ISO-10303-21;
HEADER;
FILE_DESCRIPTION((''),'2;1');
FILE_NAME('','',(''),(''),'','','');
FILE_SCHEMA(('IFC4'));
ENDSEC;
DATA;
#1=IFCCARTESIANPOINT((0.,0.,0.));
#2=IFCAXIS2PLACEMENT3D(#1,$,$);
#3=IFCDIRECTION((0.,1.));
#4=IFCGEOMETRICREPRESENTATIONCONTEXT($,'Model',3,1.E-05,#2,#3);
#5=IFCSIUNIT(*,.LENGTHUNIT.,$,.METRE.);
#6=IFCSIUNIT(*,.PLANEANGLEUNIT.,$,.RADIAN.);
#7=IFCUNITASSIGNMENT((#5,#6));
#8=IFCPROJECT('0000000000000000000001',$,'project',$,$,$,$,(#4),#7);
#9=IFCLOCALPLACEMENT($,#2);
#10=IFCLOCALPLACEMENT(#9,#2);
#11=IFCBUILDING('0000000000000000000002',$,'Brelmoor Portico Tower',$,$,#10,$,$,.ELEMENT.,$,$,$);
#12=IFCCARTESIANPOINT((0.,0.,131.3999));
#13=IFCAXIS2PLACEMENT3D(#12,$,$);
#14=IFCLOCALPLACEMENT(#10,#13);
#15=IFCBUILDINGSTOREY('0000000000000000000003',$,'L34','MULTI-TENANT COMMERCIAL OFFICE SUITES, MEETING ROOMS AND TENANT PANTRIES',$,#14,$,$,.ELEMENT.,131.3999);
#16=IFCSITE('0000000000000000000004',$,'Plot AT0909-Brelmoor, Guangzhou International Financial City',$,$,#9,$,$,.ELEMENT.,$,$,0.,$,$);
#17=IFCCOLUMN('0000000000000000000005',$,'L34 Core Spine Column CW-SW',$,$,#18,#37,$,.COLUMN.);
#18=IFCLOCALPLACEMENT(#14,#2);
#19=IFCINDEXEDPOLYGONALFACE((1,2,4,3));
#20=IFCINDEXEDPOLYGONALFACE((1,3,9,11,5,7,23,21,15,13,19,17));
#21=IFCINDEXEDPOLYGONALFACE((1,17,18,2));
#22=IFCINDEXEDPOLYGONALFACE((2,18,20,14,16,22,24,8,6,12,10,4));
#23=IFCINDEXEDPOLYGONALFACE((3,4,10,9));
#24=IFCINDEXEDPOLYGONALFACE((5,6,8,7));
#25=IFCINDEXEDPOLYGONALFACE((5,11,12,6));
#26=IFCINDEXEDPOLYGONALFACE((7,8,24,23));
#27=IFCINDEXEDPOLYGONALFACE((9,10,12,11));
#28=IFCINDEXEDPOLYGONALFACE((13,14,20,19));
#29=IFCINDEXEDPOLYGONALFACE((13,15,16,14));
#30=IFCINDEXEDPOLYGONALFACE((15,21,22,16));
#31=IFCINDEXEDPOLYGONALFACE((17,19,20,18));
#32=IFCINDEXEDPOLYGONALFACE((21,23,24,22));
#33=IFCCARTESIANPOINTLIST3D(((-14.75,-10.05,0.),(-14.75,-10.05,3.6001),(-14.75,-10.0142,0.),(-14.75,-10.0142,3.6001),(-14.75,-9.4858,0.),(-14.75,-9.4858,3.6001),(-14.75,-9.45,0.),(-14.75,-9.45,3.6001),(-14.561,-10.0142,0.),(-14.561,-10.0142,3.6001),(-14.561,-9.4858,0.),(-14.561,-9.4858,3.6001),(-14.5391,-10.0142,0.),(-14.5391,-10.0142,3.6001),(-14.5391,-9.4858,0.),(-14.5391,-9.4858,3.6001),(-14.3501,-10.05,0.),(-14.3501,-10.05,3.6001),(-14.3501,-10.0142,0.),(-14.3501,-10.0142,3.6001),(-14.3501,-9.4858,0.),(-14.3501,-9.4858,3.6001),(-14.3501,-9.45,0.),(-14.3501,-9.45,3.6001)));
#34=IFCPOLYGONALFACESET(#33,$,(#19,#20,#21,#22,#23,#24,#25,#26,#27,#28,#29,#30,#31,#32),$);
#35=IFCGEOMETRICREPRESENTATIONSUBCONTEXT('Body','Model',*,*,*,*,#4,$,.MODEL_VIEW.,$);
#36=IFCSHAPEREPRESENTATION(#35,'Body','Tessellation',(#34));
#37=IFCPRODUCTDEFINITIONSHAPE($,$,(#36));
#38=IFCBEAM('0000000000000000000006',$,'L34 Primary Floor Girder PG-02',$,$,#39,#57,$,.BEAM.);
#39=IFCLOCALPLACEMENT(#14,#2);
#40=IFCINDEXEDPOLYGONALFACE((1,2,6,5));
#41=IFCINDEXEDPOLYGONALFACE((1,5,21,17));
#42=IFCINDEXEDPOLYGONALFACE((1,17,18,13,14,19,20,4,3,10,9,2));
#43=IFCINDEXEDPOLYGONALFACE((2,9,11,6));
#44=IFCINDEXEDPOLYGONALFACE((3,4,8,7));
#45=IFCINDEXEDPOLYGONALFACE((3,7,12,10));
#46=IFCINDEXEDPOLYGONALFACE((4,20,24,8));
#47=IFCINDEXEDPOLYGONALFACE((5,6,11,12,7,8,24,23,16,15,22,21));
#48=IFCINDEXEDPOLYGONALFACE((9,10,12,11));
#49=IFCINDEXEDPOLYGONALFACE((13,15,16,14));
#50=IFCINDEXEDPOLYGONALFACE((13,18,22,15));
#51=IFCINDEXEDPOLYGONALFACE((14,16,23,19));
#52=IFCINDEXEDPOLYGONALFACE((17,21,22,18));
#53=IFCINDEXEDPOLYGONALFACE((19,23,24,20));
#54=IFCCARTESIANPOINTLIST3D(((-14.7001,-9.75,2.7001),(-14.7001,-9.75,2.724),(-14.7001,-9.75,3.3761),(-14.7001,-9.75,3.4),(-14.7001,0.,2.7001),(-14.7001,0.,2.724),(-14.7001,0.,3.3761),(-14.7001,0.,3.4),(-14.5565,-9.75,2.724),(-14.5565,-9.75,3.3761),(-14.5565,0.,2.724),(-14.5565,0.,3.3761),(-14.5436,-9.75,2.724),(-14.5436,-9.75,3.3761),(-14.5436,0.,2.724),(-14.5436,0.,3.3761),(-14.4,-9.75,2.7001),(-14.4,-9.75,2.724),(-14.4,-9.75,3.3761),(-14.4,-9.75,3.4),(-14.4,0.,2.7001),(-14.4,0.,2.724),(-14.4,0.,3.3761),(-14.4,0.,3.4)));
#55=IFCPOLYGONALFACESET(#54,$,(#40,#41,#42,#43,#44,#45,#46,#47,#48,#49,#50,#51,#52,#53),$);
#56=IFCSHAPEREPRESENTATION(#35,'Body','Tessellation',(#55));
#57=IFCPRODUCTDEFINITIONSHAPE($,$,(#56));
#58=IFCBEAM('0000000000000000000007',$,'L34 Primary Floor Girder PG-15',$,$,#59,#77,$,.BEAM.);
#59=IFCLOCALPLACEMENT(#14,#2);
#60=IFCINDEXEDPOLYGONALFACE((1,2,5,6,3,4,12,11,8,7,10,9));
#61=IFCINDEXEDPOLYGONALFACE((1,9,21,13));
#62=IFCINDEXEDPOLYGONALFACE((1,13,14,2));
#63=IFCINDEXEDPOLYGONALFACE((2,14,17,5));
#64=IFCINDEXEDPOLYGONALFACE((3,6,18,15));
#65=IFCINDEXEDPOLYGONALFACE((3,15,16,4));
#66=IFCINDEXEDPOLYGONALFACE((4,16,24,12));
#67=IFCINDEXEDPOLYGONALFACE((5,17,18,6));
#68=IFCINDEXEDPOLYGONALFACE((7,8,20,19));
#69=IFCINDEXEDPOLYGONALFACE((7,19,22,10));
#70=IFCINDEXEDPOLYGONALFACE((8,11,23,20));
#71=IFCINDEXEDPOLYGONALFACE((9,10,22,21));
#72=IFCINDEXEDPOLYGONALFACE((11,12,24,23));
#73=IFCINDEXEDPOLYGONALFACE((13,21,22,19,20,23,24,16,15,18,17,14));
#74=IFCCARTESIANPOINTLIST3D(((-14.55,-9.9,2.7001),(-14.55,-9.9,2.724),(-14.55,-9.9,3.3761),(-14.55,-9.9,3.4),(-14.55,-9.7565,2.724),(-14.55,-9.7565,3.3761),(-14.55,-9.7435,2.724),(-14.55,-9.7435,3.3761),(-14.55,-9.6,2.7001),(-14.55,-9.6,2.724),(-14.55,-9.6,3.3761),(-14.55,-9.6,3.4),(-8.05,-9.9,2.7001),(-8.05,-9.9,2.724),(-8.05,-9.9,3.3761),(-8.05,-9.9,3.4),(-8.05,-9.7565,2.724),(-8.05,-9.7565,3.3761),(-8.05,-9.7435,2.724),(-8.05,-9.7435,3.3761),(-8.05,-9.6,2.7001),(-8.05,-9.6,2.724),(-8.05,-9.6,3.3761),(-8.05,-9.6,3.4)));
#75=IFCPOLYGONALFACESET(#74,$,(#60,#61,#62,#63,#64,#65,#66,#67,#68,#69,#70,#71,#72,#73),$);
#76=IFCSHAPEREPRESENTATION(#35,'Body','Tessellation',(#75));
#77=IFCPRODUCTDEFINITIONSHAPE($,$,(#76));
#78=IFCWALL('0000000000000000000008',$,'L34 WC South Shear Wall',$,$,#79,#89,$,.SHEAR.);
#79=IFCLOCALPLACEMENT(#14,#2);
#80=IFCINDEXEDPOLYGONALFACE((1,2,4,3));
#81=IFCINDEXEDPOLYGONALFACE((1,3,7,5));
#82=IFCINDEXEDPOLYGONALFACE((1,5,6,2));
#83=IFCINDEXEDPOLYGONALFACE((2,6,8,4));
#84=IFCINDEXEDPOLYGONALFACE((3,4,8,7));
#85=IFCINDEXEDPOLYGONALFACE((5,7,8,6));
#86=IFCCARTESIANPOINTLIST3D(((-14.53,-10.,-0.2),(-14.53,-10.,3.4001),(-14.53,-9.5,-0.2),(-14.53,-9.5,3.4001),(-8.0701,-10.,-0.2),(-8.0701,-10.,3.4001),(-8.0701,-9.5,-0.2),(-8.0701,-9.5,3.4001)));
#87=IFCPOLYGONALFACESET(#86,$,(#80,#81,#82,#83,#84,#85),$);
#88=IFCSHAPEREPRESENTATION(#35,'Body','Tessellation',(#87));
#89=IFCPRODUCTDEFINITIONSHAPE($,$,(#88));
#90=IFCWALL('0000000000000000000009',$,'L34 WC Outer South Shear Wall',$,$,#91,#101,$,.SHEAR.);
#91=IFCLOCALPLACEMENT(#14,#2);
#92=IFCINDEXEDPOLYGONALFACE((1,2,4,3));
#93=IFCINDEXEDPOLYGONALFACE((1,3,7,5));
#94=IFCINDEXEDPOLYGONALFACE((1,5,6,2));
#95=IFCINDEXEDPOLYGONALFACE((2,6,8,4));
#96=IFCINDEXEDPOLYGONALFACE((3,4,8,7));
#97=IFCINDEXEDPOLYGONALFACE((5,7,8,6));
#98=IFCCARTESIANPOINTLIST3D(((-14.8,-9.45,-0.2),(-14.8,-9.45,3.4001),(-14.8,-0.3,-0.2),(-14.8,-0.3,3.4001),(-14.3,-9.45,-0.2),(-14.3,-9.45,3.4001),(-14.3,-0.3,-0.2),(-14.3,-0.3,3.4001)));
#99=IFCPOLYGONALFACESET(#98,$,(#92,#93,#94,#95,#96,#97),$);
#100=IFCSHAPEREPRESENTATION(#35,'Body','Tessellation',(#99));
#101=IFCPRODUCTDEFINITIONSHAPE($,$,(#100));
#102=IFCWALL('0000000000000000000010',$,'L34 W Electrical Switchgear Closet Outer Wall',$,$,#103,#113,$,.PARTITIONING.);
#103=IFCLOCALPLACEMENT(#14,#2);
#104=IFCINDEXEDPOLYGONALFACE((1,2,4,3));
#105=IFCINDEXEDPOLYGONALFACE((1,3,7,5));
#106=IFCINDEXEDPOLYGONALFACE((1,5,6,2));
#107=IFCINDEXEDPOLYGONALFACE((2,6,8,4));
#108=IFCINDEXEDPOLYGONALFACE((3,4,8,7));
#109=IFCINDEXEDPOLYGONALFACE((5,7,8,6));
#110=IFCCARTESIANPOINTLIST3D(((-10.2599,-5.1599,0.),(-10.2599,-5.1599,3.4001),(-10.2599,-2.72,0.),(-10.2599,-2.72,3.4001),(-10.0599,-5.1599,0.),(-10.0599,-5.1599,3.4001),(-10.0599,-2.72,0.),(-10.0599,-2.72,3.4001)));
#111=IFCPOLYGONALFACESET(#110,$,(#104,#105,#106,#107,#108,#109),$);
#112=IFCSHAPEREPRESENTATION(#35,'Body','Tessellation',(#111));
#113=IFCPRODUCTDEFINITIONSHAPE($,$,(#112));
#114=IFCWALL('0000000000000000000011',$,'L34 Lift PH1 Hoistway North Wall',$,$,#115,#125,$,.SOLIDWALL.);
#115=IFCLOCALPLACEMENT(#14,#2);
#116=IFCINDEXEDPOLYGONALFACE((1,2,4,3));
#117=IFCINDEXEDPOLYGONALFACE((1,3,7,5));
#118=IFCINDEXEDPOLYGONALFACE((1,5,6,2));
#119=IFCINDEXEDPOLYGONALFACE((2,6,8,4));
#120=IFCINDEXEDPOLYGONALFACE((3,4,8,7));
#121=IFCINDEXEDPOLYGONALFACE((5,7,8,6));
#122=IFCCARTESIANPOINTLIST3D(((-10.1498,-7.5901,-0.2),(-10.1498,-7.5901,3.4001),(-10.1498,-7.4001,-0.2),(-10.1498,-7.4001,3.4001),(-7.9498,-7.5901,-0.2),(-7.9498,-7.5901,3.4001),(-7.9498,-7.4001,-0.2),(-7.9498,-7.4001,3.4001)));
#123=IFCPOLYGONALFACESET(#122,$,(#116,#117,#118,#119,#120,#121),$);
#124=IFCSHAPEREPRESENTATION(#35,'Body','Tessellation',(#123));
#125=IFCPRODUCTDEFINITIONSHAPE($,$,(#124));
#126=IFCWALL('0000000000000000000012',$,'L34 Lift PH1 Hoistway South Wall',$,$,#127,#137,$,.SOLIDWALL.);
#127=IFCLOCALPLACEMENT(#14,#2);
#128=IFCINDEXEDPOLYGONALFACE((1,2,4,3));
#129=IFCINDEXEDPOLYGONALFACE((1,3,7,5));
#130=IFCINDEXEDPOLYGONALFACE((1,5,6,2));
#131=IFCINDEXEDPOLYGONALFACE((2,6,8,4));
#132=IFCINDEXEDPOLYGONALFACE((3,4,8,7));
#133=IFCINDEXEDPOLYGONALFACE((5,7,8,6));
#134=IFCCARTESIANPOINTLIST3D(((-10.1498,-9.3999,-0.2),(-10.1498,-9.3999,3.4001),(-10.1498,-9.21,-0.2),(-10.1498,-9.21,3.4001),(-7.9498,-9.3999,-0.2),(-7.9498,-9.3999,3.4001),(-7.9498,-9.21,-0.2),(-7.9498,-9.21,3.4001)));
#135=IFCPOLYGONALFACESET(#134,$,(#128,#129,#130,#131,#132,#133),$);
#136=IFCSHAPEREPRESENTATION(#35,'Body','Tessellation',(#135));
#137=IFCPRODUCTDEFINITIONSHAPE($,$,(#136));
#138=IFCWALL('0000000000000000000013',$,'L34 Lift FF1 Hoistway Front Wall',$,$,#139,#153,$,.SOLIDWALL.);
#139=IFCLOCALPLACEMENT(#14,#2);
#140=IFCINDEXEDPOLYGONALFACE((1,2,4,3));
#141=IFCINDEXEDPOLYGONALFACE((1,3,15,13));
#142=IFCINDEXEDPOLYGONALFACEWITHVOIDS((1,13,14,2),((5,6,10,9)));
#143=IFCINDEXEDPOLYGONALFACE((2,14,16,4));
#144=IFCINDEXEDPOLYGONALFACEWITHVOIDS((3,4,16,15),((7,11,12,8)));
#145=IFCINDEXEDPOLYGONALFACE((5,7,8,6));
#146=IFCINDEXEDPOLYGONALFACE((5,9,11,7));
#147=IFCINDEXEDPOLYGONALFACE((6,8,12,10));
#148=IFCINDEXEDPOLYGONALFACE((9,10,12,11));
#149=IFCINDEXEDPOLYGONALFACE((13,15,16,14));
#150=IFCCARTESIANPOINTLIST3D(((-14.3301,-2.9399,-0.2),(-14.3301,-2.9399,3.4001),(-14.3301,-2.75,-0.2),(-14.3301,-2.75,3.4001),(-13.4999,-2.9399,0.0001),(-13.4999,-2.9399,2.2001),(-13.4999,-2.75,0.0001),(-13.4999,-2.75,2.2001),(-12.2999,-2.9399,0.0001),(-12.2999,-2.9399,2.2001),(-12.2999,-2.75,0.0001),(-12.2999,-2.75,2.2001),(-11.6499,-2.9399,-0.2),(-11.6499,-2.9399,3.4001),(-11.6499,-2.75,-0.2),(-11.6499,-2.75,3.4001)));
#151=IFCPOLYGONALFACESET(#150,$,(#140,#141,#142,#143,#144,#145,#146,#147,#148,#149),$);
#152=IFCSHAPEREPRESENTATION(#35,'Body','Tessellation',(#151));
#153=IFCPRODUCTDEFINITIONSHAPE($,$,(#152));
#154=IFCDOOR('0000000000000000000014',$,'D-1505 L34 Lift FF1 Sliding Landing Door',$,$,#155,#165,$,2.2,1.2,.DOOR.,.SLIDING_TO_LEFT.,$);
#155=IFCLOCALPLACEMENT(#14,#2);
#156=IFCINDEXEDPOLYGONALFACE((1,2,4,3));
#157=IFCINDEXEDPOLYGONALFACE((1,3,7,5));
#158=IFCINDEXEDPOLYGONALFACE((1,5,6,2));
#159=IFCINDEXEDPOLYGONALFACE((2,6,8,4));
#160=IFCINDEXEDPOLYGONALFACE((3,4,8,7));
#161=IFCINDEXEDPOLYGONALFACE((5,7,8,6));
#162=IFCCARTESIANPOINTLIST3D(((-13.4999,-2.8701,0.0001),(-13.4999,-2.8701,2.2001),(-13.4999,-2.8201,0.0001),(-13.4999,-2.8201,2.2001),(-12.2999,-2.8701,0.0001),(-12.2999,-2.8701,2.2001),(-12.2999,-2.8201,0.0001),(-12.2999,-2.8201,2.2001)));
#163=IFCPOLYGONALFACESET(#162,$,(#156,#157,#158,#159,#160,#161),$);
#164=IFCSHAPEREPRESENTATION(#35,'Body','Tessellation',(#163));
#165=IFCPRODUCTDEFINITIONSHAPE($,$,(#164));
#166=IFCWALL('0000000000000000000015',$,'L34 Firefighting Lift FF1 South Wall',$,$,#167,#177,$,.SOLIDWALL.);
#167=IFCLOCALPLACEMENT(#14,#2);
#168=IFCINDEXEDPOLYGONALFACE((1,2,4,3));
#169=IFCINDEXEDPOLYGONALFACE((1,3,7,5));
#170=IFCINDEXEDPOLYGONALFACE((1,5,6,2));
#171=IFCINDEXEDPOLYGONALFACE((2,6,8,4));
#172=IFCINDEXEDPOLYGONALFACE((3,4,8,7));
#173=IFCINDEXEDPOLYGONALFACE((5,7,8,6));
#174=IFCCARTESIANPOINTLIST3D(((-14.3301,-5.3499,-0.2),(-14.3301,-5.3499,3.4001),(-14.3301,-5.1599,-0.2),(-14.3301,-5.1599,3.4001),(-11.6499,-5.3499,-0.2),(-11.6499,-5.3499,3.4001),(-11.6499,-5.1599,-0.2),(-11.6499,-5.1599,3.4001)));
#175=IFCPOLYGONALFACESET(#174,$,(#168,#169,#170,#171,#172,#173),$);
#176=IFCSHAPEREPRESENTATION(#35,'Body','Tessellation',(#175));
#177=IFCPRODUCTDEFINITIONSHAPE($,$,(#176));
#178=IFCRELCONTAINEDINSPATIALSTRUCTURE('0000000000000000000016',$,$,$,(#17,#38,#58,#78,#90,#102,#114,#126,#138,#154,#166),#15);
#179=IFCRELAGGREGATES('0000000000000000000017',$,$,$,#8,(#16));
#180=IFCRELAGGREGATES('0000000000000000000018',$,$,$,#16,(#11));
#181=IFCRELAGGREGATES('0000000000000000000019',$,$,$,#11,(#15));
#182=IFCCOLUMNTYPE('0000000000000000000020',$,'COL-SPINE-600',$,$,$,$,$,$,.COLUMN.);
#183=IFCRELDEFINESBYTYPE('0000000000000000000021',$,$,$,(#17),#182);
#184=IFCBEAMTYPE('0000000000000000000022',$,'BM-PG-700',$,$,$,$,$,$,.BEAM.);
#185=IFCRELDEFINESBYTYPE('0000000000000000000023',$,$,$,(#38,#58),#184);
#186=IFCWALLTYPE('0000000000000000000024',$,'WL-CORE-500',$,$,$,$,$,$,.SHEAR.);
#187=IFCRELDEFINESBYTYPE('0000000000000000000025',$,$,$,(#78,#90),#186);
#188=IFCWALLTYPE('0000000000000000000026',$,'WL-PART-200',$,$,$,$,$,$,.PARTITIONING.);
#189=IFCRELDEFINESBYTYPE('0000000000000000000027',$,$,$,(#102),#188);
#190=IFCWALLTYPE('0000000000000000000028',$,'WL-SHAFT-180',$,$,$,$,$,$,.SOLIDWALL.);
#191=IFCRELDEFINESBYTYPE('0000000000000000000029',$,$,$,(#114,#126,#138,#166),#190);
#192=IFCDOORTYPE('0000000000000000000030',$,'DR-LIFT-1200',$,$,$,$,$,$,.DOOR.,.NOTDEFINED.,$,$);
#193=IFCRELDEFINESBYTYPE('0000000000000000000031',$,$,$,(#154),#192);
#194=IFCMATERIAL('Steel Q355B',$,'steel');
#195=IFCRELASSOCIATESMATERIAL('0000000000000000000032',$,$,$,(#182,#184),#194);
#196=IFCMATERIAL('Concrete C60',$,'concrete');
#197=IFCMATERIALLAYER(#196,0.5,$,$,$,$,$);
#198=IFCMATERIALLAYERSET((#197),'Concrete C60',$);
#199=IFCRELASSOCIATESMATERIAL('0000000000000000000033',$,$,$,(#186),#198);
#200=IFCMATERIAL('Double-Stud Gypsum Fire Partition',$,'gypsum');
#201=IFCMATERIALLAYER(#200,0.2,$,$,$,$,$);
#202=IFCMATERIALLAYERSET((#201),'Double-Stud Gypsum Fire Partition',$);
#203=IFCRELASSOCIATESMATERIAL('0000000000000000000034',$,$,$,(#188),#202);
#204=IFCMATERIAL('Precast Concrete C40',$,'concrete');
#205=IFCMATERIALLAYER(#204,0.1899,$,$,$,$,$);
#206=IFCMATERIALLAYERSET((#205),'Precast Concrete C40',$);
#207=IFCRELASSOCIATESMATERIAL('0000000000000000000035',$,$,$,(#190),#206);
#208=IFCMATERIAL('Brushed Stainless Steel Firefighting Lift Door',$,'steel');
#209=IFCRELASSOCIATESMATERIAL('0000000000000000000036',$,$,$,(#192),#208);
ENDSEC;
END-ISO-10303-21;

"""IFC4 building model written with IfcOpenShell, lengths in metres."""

from ifc_helpers import new_model, si_unit, direction, frame, frame_2d, origin, origin_2d, place, context, subcontext, project, spatial, rectangle, i_section, extrude, material, layer, layer_set, material_profile, profile_set, type_object, element, fill, save


model = new_model("IFC4")

# Units and contexts
model_context = context("Model", 3, precision=1e-05, world=origin(), true_north=direction((0.0, 1.0)))
body_context = subcontext(model_context, "Body", "Model", "MODEL_VIEW")
ifc_project = project(units=[si_unit("LENGTHUNIT", "METRE"), si_unit("PLANEANGLEUNIT", "RADIAN")], contexts=[model_context])

# Site, building, storey
site_placement = place(None, origin())
site = spatial("IfcSite", under=ifc_project, at=site_placement, Name="Plot AT0909-Brelmoor, Guangzhou International Financial City", CompositionType="ELEMENT", RefElevation=0.0)
building_placement = place(site_placement, origin())
building = spatial("IfcBuilding", under=site, at=building_placement, Name="Brelmoor Portico Tower", CompositionType="ELEMENT")
storey_placement = place(building_placement, frame((0.0, 0.0, 131.3999)))
storey = spatial("IfcBuildingStorey", under=building, at=storey_placement, Name="L34", Description="MULTI-TENANT COMMERCIAL OFFICE SUITES, MEETING ROOMS AND TENANT PANTRIES", CompositionType="ELEMENT", Elevation=131.3999)

# Column
ifc_material_1 = material(Name="Steel Q355B", Category="steel")
ifc_material_profile_1 = material_profile(ifc_material_1, i_section(OverallWidth=0.3999, OverallDepth=0.6001, WebThickness=0.022, FlangeThickness=0.0359, at=origin_2d()), Name="HW 600x400x22x36")
ifc_profile_set_1 = profile_set([ifc_material_profile_1], Name="Steel Q355B")
column_type = type_object("IfcColumnType", Name="COL-SPINE-600", PredefinedType="COLUMN", material=ifc_profile_set_1)
column_placement = place(storey_placement, frame((-14.55, -9.75, 0.0), z_axis=(0.0, 0.0, 1.0), x_axis=(1.0, 0.0, 0.0)))
element("IfcColumn", 1, at=column_placement, inside=storey, type_object=column_type, Name="L34 Core Spine Column CW-SW", PredefinedType="COLUMN", context=body_context, shape_type="SweptSolid", body=[
    extrude(i_section(OverallWidth=0.3999, OverallDepth=0.6001, WebThickness=0.022, FlangeThickness=0.0359, at=origin_2d()), origin(), (0.0, 0.0, 1.0), 3.6001),
])

# Beams
ifc_material_profile_2 = material_profile(ifc_material_1, i_section(OverallWidth=0.3, OverallDepth=0.7, WebThickness=0.0129, FlangeThickness=0.0239, at=origin_2d()), Name="HN 700x300x13x24")
ifc_profile_set_2 = profile_set([ifc_material_profile_2], Name="Steel Q355B")
beam_type = type_object("IfcBeamType", Name="BM-PG-700", PredefinedType="BEAM", material=ifc_profile_set_2)
beam_1_placement = place(storey_placement, frame((-14.55, -9.75, 3.05), z_axis=(0.0, 1.0, 0.0), x_axis=(-1.0, 0.0, 0.0)))
element("IfcBeam", 2, at=beam_1_placement, inside=storey, type_object=beam_type, Name="L34 Primary Floor Girder PG-02", PredefinedType="BEAM", context=body_context, shape_type="SweptSolid", body=[
    extrude(i_section(OverallWidth=0.3, OverallDepth=0.7, WebThickness=0.0129, FlangeThickness=0.0239, at=origin_2d()), origin(), (0.0, 0.0, 1.0), 9.75),
])
beam_2_placement = place(storey_placement, frame((-14.55, -9.75, 3.05), z_axis=(1.0, 0.0, 0.0), x_axis=(0.0, 1.0, 0.0)))
element("IfcBeam", 3, at=beam_2_placement, inside=storey, type_object=beam_type, Name="L34 Primary Floor Girder PG-15", PredefinedType="BEAM", context=body_context, shape_type="SweptSolid", body=[
    extrude(i_section(OverallWidth=0.3, OverallDepth=0.7, WebThickness=0.0129, FlangeThickness=0.0239, at=origin_2d()), origin(), (0.0, 0.0, 1.0), 6.5),
])

# Walls
ifc_material_2 = material(Name="Concrete C60", Category="concrete")
ifc_layer_1 = layer(ifc_material_2, 0.5)
ifc_layer_set_1 = layer_set([ifc_layer_1], Name="Concrete C60")
wall_type_1 = type_object("IfcWallType", Name="WL-CORE-500", PredefinedType="SHEAR", material=ifc_layer_set_1)
wall_1_placement = place(storey_placement, frame((-14.53, -9.75, -0.2), z_axis=(0.0, 0.0, 1.0), x_axis=(1.0, 0.0, 0.0)))
element("IfcWall", 4, at=wall_1_placement, inside=storey, type_object=wall_type_1, Name="L34 WC South Shear Wall", PredefinedType="SHEAR", context=body_context, shape_type="SweptSolid", body=[
    extrude(rectangle(XDim=6.46, YDim=0.5, at=frame_2d((3.23, 0.0))), origin(), (0.0, 0.0, 1.0), 3.6001),
])
wall_2_placement = place(storey_placement, frame((-14.55, -9.45, -0.2), z_axis=(0.0, 0.0, 1.0), x_axis=(0.0, 1.0, 0.0)))
element("IfcWall", 5, at=wall_2_placement, inside=storey, type_object=wall_type_1, Name="L34 WC Outer South Shear Wall", PredefinedType="SHEAR", context=body_context, shape_type="SweptSolid", body=[
    extrude(rectangle(XDim=9.1499, YDim=0.5, at=frame_2d((4.575, 0.0))), origin(), (0.0, 0.0, 1.0), 3.6001),
])

# Shared definitions
ifc_material_3 = material(Name="Double-Stud Gypsum Fire Partition", Category="gypsum")
ifc_layer_2 = layer(ifc_material_3, 0.2)
ifc_layer_set_2 = layer_set([ifc_layer_2], Name="Double-Stud Gypsum Fire Partition")
wall_type_2 = type_object("IfcWallType", Name="WL-PART-200", PredefinedType="PARTITIONING", material=ifc_layer_set_2)

# Walls
wall_3_placement = place(storey_placement, frame((-10.1599, -5.1599, 0.0), z_axis=(0.0, 0.0, 1.0), x_axis=(0.0, 1.0, 0.0)))
element("IfcWall", 6, at=wall_3_placement, inside=storey, type_object=wall_type_2, Name="L34 W Electrical Switchgear Closet Outer Wall", PredefinedType="PARTITIONING", context=body_context, shape_type="SweptSolid", body=[
    extrude(rectangle(XDim=2.4399, YDim=0.2, at=frame_2d((1.22, 0.0))), origin(), (0.0, 0.0, 1.0), 3.4001),
])
ifc_material_4 = material(Name="Precast Concrete C40", Category="concrete")
ifc_layer_3 = layer(ifc_material_4, 0.1899)
ifc_layer_set_3 = layer_set([ifc_layer_3], Name="Precast Concrete C40")
wall_type_3 = type_object("IfcWallType", Name="WL-SHAFT-180", PredefinedType="SOLIDWALL", material=ifc_layer_set_3)
for number, where, z_axis, x_axis, name in (
    (7, (-10.1499, -7.4951, -0.2), (0.0, 0.0, 1.0), (1.0, 0.0, 0.0), "L34 Lift PH1 Hoistway North Wall"),
    (8, (-10.1499, -9.3049, -0.2), (0.0, 0.0, 1.0), (1.0, 0.0, 0.0), "L34 Lift PH1 Hoistway South Wall"),
):
    element("IfcWall", number, at=place(storey_placement, frame(where, z_axis=z_axis, x_axis=x_axis)), inside=storey, type_object=wall_type_3, Name=name, PredefinedType="SOLIDWALL", context=body_context, shape_type="SweptSolid", body=[
        extrude(rectangle(XDim=2.2, YDim=0.1899, at=frame_2d((1.1001, 0.0))), origin(), (0.0, 0.0, 1.0), 3.6001),
    ])

# Wall, opening, door
wall_4_placement = place(storey_placement, frame((-14.3301, -2.845, -0.2), z_axis=(0.0, 0.0, 1.0), x_axis=(1.0, 0.0, 0.0)))
wall_4 = element("IfcWall", 9, at=wall_4_placement, inside=storey, type_object=wall_type_3, Name="L34 Lift FF1 Hoistway Front Wall", PredefinedType="SOLIDWALL", context=body_context, shape_type="SweptSolid", body=[
    extrude(rectangle(XDim=2.6802, YDim=0.1899, at=frame_2d((1.3401, 0.0))), origin(), (0.0, 0.0, 1.0), 3.6001),
])
opening_1_placement = place(wall_4_placement, frame((0.8301, 0.0, 0.2)))
opening_1 = element("IfcOpeningElement", 10, at=opening_1_placement, cuts=wall_4, PredefinedType="OPENING", context=body_context, shape_type="SweptSolid", body=[
    extrude(rectangle(XDim=1.2, YDim=2.2, at=frame_2d((0.6001, 1.1001))), frame((0.0, 0.105, 0.0), z_axis=(0.0, -1.0, 0.0), x_axis=(1.0, 0.0, 0.0)), (0.0, 0.0, 1.0), 0.21),
])
ifc_material_5 = material(Name="Brushed Stainless Steel Firefighting Lift Door", Category="steel")
door_type_1 = type_object("IfcDoorType", Name="DR-LIFT-1200", OperationType="NOTDEFINED", PredefinedType="DOOR", material=ifc_material_5)
door_1_placement = place(opening_1_placement, origin())
door_1 = element("IfcDoor", 11, at=door_1_placement, inside=storey, type_object=door_type_1, Name="D-1505 L34 Lift FF1 Sliding Landing Door", OperationType="SLIDING_TO_LEFT", OverallHeight=2.2, OverallWidth=1.2, PredefinedType="DOOR", context=body_context, shape_type="SweptSolid", body=[
    extrude(rectangle(XDim=1.2, YDim=2.2, at=frame_2d((0.6001, 1.1001))), frame((0.0, 0.0249, 0.0), z_axis=(0.0, -1.0, 0.0), x_axis=(1.0, 0.0, 0.0)), (0.0, 0.0, 1.0), 0.05),
])
fill(opening_1, door_1)

# Wall
wall_5_placement = place(storey_placement, frame((-14.3301, -5.2549, -0.2), z_axis=(0.0, 0.0, 1.0), x_axis=(1.0, 0.0, 0.0)))
element("IfcWall", 12, at=wall_5_placement, inside=storey, type_object=wall_type_3, Name="L34 Firefighting Lift FF1 South Wall", PredefinedType="SOLIDWALL", context=body_context, shape_type="SweptSolid", body=[
    extrude(rectangle(XDim=2.6802, YDim=0.1899, at=frame_2d((1.3401, 0.0))), origin(), (0.0, 0.0, 1.0), 3.6001),
])

save(model, "model.ifc")
